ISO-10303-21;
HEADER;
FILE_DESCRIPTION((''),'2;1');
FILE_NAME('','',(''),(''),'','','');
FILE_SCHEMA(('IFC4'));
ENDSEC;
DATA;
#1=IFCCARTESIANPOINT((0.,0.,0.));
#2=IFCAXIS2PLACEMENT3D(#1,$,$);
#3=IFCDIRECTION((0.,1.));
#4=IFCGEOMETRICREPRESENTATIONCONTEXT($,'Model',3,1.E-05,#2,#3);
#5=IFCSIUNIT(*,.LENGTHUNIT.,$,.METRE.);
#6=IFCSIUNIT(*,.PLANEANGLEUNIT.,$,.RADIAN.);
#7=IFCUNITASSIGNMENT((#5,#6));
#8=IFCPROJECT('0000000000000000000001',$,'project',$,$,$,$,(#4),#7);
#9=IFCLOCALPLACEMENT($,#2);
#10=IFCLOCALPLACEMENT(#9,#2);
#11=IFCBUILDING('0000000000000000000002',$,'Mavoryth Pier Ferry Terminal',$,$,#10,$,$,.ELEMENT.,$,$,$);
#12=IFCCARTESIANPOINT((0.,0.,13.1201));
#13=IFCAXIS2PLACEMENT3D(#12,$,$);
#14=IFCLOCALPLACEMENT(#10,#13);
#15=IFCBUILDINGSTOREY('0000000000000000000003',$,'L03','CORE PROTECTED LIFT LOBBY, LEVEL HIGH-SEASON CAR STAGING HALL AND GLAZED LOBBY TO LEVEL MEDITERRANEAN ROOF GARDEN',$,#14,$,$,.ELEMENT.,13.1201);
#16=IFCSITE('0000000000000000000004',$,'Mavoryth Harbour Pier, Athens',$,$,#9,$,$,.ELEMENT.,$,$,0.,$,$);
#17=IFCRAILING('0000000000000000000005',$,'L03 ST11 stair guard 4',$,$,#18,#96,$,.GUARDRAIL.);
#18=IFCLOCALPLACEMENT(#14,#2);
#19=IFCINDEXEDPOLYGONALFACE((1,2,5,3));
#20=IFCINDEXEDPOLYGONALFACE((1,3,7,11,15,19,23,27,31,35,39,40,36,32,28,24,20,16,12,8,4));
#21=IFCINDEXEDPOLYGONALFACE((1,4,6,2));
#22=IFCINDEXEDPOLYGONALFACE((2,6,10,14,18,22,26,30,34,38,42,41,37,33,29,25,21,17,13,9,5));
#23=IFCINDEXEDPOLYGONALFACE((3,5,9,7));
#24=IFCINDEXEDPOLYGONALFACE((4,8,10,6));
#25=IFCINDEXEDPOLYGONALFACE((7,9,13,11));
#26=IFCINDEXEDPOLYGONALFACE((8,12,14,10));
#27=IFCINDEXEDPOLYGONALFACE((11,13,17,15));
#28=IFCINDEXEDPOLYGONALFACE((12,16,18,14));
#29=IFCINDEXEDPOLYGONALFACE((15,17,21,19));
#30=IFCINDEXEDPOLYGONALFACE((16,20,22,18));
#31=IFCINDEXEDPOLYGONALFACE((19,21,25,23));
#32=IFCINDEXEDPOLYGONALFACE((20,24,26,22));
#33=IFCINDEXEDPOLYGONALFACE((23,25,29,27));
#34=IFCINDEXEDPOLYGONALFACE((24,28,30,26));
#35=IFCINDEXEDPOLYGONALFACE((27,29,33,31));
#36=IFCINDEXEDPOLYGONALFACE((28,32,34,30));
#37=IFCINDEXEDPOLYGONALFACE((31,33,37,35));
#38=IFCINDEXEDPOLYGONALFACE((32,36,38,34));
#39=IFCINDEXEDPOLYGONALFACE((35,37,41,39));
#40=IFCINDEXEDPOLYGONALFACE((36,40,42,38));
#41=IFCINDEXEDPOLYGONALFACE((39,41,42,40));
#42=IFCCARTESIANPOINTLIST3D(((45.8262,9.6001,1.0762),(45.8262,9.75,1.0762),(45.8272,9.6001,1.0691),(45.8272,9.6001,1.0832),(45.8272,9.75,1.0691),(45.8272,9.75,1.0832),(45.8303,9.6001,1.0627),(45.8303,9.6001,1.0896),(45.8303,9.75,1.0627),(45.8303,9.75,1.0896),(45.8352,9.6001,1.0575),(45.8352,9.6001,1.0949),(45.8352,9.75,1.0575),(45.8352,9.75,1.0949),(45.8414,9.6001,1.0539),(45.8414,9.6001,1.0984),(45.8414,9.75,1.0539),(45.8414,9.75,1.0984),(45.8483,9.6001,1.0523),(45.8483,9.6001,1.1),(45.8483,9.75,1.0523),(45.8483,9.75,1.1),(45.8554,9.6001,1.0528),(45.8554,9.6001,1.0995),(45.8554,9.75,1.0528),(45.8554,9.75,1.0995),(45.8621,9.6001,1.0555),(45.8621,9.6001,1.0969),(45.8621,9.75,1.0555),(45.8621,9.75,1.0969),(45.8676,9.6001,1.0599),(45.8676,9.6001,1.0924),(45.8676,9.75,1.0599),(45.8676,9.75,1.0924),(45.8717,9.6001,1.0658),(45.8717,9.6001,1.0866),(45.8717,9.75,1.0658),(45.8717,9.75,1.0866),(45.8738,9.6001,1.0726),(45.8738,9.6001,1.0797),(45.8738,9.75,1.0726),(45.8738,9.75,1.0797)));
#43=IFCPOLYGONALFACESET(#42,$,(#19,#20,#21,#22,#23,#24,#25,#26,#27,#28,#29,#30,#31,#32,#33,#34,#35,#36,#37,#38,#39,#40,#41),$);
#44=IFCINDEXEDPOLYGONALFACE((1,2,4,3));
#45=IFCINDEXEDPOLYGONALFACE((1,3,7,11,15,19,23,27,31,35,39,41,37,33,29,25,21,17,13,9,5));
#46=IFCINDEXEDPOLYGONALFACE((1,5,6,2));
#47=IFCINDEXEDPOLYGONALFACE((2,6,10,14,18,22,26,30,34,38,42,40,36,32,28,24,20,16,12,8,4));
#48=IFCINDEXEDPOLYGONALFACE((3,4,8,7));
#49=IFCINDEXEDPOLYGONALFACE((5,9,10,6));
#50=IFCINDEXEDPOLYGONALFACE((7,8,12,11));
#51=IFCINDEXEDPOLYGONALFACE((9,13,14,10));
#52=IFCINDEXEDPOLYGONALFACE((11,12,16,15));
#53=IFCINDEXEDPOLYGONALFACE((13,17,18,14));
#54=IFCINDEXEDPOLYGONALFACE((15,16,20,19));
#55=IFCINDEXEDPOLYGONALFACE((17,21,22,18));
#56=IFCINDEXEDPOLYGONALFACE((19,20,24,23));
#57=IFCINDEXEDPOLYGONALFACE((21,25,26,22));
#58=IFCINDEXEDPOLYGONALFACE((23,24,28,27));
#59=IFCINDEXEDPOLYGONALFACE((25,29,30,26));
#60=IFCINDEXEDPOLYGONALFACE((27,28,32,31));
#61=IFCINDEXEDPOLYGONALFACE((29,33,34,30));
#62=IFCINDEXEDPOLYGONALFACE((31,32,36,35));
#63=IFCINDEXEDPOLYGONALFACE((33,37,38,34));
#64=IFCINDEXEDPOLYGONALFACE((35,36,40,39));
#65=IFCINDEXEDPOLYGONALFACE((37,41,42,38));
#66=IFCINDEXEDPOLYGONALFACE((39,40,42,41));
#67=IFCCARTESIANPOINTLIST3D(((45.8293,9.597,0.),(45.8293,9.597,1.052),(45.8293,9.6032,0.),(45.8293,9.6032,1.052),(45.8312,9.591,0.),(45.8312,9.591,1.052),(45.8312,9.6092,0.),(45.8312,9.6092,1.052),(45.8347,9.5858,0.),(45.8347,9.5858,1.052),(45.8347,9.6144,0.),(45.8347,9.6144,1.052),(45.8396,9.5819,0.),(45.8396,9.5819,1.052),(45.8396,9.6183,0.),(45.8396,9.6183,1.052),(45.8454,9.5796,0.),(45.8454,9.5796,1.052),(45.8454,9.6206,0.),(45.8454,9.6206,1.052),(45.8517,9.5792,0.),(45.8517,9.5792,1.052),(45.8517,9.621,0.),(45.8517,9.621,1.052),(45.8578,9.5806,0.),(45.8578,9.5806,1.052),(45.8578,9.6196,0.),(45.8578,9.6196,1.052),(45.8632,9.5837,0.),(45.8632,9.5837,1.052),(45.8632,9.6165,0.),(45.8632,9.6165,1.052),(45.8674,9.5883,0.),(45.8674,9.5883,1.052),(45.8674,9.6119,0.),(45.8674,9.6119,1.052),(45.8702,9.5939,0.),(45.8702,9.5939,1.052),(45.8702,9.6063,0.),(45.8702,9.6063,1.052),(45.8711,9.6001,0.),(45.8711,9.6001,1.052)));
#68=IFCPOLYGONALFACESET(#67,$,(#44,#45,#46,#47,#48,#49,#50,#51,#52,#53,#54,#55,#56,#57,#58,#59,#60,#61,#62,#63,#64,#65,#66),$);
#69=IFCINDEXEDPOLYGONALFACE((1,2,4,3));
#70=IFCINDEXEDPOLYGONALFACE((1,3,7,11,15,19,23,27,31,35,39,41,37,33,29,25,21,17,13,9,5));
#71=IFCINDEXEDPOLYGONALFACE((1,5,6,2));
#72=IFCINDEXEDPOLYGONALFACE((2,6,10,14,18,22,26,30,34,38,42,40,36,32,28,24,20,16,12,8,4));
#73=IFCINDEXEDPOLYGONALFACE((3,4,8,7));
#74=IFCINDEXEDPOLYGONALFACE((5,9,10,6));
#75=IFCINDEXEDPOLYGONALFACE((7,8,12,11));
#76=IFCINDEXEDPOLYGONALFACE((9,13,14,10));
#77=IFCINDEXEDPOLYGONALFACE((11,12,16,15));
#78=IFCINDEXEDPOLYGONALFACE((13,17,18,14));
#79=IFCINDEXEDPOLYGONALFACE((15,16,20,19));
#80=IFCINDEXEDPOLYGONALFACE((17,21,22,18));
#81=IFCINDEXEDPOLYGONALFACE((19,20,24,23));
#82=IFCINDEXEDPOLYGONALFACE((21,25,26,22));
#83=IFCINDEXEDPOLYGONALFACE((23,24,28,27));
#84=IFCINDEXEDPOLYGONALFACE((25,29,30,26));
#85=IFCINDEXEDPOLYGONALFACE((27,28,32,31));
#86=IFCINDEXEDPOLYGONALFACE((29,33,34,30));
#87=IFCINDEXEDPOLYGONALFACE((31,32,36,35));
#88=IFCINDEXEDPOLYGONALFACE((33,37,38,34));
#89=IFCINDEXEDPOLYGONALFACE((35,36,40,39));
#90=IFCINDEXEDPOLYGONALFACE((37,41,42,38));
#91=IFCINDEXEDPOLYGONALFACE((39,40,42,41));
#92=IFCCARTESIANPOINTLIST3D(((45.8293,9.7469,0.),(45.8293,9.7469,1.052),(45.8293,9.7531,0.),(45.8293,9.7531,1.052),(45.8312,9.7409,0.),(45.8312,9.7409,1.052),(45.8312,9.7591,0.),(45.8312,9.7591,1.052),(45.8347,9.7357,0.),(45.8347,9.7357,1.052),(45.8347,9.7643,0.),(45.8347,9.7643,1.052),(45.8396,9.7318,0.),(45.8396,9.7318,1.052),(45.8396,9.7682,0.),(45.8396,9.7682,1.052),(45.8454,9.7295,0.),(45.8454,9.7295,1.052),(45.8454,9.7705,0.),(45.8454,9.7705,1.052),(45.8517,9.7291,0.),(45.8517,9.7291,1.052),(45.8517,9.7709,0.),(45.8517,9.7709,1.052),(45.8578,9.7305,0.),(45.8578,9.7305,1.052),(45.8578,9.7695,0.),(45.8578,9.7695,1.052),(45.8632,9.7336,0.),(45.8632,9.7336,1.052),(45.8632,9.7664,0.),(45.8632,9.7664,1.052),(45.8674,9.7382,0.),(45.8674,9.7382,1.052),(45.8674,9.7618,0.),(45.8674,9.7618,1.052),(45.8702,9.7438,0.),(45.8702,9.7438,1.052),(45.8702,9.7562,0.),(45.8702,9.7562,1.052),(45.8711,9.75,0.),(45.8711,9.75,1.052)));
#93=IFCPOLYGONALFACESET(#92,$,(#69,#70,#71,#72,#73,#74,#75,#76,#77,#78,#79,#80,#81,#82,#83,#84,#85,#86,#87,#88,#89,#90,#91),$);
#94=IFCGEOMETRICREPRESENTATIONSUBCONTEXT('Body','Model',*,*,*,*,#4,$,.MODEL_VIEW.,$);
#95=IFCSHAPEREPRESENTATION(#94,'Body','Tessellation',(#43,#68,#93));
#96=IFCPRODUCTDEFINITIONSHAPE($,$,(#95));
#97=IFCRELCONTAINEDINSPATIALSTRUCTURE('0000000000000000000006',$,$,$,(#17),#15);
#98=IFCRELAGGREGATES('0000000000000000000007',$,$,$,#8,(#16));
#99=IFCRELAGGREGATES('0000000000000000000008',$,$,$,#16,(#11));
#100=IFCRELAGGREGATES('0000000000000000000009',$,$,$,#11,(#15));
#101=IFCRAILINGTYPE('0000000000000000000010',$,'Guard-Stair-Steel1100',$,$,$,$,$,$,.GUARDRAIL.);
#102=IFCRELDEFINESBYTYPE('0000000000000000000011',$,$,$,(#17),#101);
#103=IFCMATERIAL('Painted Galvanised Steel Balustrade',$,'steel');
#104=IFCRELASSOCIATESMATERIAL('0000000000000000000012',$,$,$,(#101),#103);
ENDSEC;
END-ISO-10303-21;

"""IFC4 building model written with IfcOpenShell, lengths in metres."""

from ifc_helpers import new_model, si_unit, direction, frame, origin, origin_2d, place, context, subcontext, project, spatial, circle, extrude, material, type_object, element, save


model = new_model("IFC4")

# Units and contexts
model_context = context("Model", 3, precision=1e-05, world=origin(), true_north=direction((0.0, 1.0)))
body_context = subcontext(model_context, "Body", "Model", "MODEL_VIEW")
ifc_project = project(units=[si_unit("LENGTHUNIT", "METRE"), si_unit("PLANEANGLEUNIT", "RADIAN")], contexts=[model_context])

# Site, building, storey
site_placement = place(None, origin())
site = spatial("IfcSite", under=ifc_project, at=site_placement, Name="Mavoryth Harbour Pier, Athens", CompositionType="ELEMENT", RefElevation=0.0)
building_placement = place(site_placement, origin())
building = spatial("IfcBuilding", under=site, at=building_placement, Name="Mavoryth Pier Ferry Terminal", CompositionType="ELEMENT")
storey_placement = place(building_placement, frame((0.0, 0.0, 13.1201)))
storey = spatial("IfcBuildingStorey", under=building, at=storey_placement, Name="L03", Description="CORE PROTECTED LIFT LOBBY, LEVEL HIGH-SEASON CAR STAGING HALL AND GLAZED LOBBY TO LEVEL MEDITERRANEAN ROOF GARDEN", CompositionType="ELEMENT", Elevation=13.1201)

# Railing
ifc_material_1 = material(Name="Painted Galvanised Steel Balustrade", Category="steel")
railing_type_1 = type_object("IfcRailingType", Name="Guard-Stair-Steel1100", PredefinedType="GUARDRAIL", material=ifc_material_1)
railing_1_placement = place(storey_placement, frame((45.8501, 9.6001, 0.0)))
element("IfcRailing", 1, at=railing_1_placement, inside=storey, type_object=railing_type_1, Name="L03 ST11 stair guard 4", PredefinedType="GUARDRAIL", context=body_context, shape_type="SweptSolid", body=[
    extrude(circle(Radius=0.0239, at=origin_2d()), frame((0.0, 0.0, 1.0762), z_axis=(0.0, 1.0, 0.0), x_axis=(-1.0, 0.0, 0.0)), (0.0, 0.0, 1.0), 0.1499),
    extrude(circle(Radius=0.021, at=origin_2d()), origin(), (0.0, 0.0, 1.0), 1.052),
    extrude(circle(Radius=0.021, at=origin_2d()), frame((0.0, 0.1499, 0.0)), (0.0, 0.0, 1.0), 1.052),
])

save(model, "model.ifc")
